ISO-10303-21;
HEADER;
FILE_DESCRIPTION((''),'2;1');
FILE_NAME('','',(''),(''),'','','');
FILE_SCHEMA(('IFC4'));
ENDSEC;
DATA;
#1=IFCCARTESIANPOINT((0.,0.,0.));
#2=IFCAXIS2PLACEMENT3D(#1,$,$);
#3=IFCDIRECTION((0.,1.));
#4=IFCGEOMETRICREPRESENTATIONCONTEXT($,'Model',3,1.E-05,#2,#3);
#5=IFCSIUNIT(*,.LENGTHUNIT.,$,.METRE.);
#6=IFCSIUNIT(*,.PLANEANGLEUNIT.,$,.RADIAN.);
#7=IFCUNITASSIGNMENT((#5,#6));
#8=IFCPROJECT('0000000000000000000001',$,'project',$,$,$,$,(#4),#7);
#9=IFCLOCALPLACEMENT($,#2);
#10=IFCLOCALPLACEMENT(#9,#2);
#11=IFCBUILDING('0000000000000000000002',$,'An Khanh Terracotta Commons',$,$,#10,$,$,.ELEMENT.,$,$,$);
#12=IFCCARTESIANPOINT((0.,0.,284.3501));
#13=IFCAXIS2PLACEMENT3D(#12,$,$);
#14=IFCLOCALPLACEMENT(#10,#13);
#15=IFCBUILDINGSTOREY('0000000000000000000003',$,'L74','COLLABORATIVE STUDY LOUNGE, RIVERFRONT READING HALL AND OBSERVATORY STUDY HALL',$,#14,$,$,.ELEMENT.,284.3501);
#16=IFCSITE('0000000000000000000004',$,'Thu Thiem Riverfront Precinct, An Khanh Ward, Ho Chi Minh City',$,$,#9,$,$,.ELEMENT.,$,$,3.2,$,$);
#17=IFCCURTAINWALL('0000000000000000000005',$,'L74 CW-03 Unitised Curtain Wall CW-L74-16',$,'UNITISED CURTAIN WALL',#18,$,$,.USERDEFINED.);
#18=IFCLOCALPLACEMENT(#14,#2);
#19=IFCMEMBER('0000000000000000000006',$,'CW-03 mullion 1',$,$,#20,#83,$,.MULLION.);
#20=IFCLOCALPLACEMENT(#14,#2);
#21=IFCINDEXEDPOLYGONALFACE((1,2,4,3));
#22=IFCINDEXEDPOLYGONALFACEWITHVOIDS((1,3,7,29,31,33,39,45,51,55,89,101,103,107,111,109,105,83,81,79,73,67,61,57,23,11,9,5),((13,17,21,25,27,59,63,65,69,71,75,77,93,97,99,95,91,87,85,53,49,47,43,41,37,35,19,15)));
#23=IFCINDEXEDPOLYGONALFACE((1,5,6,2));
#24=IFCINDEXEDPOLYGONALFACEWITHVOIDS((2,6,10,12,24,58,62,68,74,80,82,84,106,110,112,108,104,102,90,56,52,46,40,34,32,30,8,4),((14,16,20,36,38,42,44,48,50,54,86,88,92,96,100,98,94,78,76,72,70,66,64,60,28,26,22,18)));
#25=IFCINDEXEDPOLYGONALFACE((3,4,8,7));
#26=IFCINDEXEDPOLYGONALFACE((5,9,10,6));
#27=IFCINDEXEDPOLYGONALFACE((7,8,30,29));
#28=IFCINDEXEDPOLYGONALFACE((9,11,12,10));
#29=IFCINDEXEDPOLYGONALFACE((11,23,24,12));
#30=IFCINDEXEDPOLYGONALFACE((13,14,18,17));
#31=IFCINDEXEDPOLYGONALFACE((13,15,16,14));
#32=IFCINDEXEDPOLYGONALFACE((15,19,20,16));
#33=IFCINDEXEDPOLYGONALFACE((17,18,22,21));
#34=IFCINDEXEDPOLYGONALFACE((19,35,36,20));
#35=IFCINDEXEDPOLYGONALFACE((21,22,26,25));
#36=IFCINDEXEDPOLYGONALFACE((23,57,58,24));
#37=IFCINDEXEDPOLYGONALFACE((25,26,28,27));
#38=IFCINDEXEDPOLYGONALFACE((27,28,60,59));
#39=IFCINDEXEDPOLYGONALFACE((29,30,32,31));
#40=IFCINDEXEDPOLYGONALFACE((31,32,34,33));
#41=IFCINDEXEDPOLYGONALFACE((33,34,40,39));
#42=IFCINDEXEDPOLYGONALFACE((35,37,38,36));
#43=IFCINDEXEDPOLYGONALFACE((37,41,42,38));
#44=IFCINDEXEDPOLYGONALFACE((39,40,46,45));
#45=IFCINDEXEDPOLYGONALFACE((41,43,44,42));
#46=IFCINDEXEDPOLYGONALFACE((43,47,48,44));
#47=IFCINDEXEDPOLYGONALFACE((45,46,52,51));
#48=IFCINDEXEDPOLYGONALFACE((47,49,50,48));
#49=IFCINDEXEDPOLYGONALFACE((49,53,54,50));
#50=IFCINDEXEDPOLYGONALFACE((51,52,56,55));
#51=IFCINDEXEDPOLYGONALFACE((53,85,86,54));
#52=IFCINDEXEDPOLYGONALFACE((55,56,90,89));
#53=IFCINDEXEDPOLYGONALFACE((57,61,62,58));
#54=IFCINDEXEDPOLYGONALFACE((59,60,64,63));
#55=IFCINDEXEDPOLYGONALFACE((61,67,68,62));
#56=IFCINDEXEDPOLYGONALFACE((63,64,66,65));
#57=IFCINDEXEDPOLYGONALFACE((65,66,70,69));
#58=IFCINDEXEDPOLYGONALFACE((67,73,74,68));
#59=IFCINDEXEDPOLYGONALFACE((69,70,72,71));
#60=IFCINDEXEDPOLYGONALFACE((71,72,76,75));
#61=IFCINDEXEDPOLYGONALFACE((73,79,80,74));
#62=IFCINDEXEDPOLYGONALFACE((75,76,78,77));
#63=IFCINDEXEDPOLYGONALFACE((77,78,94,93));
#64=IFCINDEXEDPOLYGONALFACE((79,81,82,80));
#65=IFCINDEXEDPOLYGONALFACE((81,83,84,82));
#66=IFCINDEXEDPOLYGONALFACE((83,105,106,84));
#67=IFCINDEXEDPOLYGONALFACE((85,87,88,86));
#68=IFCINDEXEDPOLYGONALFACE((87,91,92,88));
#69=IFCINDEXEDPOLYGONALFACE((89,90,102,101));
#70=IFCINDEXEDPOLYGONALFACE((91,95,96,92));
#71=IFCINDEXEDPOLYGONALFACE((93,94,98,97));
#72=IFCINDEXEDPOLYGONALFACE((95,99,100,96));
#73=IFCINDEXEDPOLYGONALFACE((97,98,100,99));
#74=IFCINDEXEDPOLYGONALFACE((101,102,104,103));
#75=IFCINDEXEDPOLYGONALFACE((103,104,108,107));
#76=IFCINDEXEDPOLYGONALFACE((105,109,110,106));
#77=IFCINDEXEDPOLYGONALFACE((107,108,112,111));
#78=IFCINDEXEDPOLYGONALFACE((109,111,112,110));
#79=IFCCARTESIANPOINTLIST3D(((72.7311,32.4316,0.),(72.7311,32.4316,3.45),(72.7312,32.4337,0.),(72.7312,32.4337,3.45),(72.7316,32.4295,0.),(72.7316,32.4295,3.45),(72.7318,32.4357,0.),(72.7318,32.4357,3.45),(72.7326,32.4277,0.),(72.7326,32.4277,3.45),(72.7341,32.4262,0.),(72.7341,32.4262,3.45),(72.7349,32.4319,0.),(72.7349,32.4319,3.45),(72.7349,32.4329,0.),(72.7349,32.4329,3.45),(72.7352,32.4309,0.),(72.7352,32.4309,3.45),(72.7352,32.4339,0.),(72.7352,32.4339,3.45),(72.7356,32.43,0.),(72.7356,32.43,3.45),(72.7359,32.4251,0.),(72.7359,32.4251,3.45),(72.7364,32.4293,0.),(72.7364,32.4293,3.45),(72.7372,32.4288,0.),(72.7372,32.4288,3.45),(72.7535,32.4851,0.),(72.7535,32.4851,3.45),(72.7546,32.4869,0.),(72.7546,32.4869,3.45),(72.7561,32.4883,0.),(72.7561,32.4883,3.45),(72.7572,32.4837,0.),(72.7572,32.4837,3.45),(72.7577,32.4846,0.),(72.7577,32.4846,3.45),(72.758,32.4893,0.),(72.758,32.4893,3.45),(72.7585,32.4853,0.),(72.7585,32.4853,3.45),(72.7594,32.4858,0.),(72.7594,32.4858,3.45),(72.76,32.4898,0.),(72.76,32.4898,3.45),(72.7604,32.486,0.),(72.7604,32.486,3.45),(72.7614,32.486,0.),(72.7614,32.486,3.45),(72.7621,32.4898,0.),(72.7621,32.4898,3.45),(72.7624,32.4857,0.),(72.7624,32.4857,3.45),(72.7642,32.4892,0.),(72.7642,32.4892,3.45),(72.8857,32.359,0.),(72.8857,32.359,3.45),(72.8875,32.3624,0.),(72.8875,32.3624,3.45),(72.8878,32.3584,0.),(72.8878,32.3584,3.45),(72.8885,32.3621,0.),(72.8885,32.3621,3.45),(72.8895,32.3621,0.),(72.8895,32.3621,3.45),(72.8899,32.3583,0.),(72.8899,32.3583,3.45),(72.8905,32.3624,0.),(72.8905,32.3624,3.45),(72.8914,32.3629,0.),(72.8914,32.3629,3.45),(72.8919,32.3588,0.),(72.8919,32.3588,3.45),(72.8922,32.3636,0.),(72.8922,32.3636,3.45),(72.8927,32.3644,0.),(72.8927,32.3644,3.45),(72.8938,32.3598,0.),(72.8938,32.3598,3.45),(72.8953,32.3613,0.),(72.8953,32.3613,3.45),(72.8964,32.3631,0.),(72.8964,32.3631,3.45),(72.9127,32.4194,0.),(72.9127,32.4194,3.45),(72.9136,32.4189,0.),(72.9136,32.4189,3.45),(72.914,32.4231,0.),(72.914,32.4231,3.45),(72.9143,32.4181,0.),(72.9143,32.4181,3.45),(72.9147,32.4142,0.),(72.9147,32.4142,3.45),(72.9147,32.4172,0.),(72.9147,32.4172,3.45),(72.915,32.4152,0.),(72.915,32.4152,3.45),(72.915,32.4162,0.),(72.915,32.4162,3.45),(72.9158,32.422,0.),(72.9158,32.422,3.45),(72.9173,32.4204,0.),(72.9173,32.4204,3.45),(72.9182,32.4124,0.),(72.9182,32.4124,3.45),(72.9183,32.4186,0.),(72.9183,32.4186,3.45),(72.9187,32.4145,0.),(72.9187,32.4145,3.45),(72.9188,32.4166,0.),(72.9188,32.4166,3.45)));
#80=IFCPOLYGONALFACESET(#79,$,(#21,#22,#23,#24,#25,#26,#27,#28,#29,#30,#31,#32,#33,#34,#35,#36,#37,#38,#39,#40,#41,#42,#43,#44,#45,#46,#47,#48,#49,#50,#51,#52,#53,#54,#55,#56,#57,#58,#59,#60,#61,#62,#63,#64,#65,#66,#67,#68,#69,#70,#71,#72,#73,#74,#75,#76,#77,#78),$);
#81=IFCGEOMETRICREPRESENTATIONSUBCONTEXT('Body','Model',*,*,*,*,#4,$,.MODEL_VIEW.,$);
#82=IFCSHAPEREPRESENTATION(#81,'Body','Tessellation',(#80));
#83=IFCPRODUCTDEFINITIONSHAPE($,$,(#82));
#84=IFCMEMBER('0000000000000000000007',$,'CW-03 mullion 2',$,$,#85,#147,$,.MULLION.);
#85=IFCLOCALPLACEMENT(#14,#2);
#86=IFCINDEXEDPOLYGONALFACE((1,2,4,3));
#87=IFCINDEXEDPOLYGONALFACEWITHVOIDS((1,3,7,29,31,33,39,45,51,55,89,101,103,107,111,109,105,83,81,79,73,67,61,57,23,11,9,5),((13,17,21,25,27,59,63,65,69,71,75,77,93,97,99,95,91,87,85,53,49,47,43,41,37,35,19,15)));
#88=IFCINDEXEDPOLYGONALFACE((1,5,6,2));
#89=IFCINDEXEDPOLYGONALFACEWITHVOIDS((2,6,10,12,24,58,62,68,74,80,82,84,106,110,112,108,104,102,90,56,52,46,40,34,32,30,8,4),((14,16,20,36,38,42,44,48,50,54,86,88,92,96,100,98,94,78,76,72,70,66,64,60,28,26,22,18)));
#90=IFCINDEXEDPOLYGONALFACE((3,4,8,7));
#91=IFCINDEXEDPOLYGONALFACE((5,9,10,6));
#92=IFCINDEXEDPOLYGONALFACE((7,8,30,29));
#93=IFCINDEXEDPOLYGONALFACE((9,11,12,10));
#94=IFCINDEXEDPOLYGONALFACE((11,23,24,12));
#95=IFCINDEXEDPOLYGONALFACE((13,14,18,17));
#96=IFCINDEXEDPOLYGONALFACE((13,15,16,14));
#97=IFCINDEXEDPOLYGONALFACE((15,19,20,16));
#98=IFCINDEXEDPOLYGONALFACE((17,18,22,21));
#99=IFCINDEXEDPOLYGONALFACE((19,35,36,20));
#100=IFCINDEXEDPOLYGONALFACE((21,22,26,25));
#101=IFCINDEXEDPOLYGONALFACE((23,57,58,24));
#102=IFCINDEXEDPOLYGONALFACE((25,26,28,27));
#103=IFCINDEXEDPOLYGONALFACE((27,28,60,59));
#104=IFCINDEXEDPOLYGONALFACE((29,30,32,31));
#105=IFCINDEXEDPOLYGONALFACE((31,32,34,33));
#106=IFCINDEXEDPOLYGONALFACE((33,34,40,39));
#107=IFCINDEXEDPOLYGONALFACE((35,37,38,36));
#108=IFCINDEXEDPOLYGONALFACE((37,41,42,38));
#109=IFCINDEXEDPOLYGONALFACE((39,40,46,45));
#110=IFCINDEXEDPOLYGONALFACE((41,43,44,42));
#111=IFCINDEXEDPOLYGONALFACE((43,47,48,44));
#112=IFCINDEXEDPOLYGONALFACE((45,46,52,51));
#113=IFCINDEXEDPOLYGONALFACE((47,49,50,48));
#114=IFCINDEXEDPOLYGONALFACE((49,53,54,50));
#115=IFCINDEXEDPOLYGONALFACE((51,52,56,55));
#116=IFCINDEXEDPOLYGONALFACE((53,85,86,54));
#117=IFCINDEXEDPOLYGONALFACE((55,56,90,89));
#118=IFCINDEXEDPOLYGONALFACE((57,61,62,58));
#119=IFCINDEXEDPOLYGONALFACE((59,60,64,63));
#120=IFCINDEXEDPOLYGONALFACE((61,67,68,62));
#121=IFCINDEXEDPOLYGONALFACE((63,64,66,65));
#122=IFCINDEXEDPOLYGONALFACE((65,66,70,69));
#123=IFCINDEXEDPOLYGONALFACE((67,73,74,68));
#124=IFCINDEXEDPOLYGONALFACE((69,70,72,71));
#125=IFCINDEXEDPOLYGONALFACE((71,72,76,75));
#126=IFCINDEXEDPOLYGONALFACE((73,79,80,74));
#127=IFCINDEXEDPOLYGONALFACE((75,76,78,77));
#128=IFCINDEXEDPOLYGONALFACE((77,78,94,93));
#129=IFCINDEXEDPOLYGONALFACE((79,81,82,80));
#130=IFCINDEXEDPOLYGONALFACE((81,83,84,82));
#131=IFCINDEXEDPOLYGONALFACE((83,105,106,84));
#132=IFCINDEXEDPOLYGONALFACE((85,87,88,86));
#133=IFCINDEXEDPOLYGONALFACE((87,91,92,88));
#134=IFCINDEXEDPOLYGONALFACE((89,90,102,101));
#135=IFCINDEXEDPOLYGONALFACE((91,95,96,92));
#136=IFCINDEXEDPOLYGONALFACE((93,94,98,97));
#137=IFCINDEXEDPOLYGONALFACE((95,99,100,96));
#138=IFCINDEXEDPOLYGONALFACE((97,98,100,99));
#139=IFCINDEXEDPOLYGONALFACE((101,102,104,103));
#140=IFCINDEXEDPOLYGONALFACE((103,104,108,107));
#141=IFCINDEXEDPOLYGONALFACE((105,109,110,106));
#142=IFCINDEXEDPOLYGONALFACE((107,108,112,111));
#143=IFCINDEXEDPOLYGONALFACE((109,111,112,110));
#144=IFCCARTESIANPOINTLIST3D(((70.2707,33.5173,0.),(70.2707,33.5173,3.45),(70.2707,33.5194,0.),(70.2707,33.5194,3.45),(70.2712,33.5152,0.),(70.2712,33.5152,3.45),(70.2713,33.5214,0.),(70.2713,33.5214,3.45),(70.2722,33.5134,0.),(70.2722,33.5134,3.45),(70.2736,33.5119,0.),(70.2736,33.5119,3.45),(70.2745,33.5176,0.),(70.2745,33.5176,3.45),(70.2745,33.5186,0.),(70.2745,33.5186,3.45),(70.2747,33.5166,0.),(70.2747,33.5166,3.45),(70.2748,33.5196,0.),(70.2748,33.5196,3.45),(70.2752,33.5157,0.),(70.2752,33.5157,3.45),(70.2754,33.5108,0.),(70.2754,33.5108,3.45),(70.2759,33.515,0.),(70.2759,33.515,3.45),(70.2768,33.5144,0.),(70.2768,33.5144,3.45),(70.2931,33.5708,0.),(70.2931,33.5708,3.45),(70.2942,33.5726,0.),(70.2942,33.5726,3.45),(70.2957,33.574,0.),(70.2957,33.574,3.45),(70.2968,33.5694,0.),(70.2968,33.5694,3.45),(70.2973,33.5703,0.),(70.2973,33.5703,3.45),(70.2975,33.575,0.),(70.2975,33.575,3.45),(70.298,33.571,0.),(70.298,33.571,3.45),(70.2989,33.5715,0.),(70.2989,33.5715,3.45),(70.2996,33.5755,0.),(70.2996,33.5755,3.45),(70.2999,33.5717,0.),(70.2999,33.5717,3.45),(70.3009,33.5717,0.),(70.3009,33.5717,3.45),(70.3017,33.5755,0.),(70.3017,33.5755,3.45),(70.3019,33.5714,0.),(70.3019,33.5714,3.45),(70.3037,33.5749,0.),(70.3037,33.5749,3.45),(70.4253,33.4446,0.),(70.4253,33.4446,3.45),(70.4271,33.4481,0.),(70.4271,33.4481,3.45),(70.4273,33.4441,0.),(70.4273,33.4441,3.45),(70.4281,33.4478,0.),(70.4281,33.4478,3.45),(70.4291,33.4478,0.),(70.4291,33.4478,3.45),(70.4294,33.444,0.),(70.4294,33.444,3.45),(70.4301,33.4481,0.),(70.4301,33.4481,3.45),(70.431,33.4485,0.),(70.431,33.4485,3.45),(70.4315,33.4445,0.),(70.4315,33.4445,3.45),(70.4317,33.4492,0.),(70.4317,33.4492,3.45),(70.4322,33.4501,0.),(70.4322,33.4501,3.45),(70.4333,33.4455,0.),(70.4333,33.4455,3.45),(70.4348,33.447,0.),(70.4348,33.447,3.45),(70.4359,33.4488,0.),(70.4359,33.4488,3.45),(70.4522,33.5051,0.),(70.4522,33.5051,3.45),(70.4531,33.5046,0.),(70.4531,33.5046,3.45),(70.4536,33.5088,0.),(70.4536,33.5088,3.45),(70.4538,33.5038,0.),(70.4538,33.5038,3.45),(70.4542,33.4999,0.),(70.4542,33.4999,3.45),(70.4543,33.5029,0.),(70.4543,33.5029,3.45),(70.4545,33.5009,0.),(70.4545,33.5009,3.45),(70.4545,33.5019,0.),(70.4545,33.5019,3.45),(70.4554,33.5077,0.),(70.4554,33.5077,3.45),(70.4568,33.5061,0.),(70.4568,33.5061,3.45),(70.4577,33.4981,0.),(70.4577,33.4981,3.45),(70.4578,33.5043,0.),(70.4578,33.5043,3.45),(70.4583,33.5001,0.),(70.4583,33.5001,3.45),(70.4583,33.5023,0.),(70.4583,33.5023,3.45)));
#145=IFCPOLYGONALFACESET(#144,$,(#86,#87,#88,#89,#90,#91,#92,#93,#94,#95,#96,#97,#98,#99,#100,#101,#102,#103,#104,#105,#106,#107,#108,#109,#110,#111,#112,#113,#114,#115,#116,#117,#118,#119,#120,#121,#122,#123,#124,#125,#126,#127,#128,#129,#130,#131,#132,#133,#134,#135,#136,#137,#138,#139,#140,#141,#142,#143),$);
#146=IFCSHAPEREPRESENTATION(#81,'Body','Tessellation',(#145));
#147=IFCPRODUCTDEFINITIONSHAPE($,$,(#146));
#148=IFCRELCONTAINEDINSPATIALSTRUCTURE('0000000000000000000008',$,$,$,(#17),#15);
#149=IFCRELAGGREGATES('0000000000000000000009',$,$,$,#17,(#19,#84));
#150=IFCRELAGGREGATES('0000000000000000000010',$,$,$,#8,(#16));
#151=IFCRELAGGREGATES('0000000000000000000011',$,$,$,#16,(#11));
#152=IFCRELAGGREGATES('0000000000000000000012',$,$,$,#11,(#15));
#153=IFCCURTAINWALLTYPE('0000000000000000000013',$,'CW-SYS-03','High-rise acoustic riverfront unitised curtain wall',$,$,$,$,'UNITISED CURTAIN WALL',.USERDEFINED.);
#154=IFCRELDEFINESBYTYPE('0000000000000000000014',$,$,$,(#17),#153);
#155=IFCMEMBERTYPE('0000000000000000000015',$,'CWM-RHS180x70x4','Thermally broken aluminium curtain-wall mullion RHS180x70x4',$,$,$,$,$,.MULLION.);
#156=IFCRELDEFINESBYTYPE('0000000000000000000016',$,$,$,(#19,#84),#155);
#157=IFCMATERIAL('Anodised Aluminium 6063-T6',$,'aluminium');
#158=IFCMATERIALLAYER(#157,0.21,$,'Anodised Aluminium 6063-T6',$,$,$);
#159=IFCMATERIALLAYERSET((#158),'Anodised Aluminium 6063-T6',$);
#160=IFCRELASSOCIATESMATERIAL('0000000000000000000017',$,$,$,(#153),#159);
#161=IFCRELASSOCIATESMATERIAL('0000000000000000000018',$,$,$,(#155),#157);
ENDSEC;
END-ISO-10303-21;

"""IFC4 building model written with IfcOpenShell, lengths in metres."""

from ifc_helpers import new_model, si_unit, direction, frame, origin, origin_2d, place, context, subcontext, project, spatial, hollow_rectangle, extrude, material, layer, layer_set, material_profile, profile_set, type_object, element, aggregate, save


model = new_model("IFC4")

# Units and contexts
model_context = context("Model", 3, precision=1e-05, world=origin(), true_north=direction((0.0, 1.0)))
body_context = subcontext(model_context, "Body", "Model", "MODEL_VIEW")
ifc_project = project(units=[si_unit("LENGTHUNIT", "METRE"), si_unit("PLANEANGLEUNIT", "RADIAN")], contexts=[model_context])

# Site, building, storey
site_placement = place(None, origin())
site = spatial("IfcSite", under=ifc_project, at=site_placement, Name="Thu Thiem Riverfront Precinct, An Khanh Ward, Ho Chi Minh City", CompositionType="ELEMENT", RefElevation=3.2)
building_placement = place(site_placement, origin())
building = spatial("IfcBuilding", under=site, at=building_placement, Name="An Khanh Terracotta Commons", CompositionType="ELEMENT")
storey_placement = place(building_placement, frame((0.0, 0.0, 284.3501)))
storey = spatial("IfcBuildingStorey", under=building, at=storey_placement, Name="L74", Description="COLLABORATIVE STUDY LOUNGE, RIVERFRONT READING HALL AND OBSERVATORY STUDY HALL", CompositionType="ELEMENT", Elevation=284.3501)

# Curtain wall, members
ifc_material_1 = material(Name="Anodised Aluminium 6063-T6", Category="aluminium")
ifc_layer_1 = layer(ifc_material_1, 0.21, Name="Anodised Aluminium 6063-T6")
ifc_layer_set_1 = layer_set([ifc_layer_1], Name="Anodised Aluminium 6063-T6")
curtain_wall_type = type_object("IfcCurtainWallType", Name="CW-SYS-03", Description="High-rise acoustic riverfront unitised curtain wall", ElementType="UNITISED CURTAIN WALL", PredefinedType="USERDEFINED", material=ifc_layer_set_1)
ifc_material_profile_1 = material_profile(ifc_material_1, hollow_rectangle(XDim=0.0701, YDim=0.1799, WallThickness=0.0039, InnerFilletRadius=0.0039, OuterFilletRadius=0.0081, at=origin_2d()), Name="RHS180x70x4")
ifc_profile_set_1 = profile_set([ifc_material_profile_1], Name="Anodised Aluminium 6063-T6")
member_type_1 = type_object("IfcMemberType", Name="CWM-RHS180x70x4", Description="Thermally broken aluminium curtain-wall mullion RHS180x70x4", PredefinedType="MULLION", material=ifc_profile_set_1)
curtain_wall_1_placement = place(storey_placement, origin())
curtain_wall_1 = element("IfcCurtainWall", 1, at=curtain_wall_1_placement, inside=storey, type_object=curtain_wall_type, Name="L74 CW-03 Unitised Curtain Wall CW-L74-16", ObjectType="UNITISED CURTAIN WALL", PredefinedType="USERDEFINED")
member_1_placement = place(storey_placement, frame((72.825, 32.4241, 0.0), z_axis=(0.0, 0.0, 1.0), x_axis=(-0.403676, -0.914902, 0.0)))
member_1 = element("IfcMember", 2, at=member_1_placement, type_object=member_type_1, Name="CW-03 mullion 1", PredefinedType="MULLION", context=body_context, shape_type="SweptSolid", body=[
    extrude(hollow_rectangle(XDim=0.0701, YDim=0.1799, WallThickness=0.0039, InnerFilletRadius=0.0039, OuterFilletRadius=0.0081, at=origin_2d()), origin(), (0.0, 0.0, 1.0), 3.45),
])
member_2_placement = place(storey_placement, frame((70.3645, 33.5098, 0.0), z_axis=(0.0, 0.0, 1.0), x_axis=(-0.403676, -0.914902, 0.0)))
member_2 = element("IfcMember", 3, at=member_2_placement, type_object=member_type_1, Name="CW-03 mullion 2", PredefinedType="MULLION", context=body_context, shape_type="SweptSolid", body=[
    extrude(hollow_rectangle(XDim=0.0701, YDim=0.1799, WallThickness=0.0039, InnerFilletRadius=0.0039, OuterFilletRadius=0.0081, at=origin_2d()), origin(), (0.0, 0.0, 1.0), 3.45),
])

aggregate(curtain_wall_1, [member_1, member_2])

save(model, "model.ifc")
